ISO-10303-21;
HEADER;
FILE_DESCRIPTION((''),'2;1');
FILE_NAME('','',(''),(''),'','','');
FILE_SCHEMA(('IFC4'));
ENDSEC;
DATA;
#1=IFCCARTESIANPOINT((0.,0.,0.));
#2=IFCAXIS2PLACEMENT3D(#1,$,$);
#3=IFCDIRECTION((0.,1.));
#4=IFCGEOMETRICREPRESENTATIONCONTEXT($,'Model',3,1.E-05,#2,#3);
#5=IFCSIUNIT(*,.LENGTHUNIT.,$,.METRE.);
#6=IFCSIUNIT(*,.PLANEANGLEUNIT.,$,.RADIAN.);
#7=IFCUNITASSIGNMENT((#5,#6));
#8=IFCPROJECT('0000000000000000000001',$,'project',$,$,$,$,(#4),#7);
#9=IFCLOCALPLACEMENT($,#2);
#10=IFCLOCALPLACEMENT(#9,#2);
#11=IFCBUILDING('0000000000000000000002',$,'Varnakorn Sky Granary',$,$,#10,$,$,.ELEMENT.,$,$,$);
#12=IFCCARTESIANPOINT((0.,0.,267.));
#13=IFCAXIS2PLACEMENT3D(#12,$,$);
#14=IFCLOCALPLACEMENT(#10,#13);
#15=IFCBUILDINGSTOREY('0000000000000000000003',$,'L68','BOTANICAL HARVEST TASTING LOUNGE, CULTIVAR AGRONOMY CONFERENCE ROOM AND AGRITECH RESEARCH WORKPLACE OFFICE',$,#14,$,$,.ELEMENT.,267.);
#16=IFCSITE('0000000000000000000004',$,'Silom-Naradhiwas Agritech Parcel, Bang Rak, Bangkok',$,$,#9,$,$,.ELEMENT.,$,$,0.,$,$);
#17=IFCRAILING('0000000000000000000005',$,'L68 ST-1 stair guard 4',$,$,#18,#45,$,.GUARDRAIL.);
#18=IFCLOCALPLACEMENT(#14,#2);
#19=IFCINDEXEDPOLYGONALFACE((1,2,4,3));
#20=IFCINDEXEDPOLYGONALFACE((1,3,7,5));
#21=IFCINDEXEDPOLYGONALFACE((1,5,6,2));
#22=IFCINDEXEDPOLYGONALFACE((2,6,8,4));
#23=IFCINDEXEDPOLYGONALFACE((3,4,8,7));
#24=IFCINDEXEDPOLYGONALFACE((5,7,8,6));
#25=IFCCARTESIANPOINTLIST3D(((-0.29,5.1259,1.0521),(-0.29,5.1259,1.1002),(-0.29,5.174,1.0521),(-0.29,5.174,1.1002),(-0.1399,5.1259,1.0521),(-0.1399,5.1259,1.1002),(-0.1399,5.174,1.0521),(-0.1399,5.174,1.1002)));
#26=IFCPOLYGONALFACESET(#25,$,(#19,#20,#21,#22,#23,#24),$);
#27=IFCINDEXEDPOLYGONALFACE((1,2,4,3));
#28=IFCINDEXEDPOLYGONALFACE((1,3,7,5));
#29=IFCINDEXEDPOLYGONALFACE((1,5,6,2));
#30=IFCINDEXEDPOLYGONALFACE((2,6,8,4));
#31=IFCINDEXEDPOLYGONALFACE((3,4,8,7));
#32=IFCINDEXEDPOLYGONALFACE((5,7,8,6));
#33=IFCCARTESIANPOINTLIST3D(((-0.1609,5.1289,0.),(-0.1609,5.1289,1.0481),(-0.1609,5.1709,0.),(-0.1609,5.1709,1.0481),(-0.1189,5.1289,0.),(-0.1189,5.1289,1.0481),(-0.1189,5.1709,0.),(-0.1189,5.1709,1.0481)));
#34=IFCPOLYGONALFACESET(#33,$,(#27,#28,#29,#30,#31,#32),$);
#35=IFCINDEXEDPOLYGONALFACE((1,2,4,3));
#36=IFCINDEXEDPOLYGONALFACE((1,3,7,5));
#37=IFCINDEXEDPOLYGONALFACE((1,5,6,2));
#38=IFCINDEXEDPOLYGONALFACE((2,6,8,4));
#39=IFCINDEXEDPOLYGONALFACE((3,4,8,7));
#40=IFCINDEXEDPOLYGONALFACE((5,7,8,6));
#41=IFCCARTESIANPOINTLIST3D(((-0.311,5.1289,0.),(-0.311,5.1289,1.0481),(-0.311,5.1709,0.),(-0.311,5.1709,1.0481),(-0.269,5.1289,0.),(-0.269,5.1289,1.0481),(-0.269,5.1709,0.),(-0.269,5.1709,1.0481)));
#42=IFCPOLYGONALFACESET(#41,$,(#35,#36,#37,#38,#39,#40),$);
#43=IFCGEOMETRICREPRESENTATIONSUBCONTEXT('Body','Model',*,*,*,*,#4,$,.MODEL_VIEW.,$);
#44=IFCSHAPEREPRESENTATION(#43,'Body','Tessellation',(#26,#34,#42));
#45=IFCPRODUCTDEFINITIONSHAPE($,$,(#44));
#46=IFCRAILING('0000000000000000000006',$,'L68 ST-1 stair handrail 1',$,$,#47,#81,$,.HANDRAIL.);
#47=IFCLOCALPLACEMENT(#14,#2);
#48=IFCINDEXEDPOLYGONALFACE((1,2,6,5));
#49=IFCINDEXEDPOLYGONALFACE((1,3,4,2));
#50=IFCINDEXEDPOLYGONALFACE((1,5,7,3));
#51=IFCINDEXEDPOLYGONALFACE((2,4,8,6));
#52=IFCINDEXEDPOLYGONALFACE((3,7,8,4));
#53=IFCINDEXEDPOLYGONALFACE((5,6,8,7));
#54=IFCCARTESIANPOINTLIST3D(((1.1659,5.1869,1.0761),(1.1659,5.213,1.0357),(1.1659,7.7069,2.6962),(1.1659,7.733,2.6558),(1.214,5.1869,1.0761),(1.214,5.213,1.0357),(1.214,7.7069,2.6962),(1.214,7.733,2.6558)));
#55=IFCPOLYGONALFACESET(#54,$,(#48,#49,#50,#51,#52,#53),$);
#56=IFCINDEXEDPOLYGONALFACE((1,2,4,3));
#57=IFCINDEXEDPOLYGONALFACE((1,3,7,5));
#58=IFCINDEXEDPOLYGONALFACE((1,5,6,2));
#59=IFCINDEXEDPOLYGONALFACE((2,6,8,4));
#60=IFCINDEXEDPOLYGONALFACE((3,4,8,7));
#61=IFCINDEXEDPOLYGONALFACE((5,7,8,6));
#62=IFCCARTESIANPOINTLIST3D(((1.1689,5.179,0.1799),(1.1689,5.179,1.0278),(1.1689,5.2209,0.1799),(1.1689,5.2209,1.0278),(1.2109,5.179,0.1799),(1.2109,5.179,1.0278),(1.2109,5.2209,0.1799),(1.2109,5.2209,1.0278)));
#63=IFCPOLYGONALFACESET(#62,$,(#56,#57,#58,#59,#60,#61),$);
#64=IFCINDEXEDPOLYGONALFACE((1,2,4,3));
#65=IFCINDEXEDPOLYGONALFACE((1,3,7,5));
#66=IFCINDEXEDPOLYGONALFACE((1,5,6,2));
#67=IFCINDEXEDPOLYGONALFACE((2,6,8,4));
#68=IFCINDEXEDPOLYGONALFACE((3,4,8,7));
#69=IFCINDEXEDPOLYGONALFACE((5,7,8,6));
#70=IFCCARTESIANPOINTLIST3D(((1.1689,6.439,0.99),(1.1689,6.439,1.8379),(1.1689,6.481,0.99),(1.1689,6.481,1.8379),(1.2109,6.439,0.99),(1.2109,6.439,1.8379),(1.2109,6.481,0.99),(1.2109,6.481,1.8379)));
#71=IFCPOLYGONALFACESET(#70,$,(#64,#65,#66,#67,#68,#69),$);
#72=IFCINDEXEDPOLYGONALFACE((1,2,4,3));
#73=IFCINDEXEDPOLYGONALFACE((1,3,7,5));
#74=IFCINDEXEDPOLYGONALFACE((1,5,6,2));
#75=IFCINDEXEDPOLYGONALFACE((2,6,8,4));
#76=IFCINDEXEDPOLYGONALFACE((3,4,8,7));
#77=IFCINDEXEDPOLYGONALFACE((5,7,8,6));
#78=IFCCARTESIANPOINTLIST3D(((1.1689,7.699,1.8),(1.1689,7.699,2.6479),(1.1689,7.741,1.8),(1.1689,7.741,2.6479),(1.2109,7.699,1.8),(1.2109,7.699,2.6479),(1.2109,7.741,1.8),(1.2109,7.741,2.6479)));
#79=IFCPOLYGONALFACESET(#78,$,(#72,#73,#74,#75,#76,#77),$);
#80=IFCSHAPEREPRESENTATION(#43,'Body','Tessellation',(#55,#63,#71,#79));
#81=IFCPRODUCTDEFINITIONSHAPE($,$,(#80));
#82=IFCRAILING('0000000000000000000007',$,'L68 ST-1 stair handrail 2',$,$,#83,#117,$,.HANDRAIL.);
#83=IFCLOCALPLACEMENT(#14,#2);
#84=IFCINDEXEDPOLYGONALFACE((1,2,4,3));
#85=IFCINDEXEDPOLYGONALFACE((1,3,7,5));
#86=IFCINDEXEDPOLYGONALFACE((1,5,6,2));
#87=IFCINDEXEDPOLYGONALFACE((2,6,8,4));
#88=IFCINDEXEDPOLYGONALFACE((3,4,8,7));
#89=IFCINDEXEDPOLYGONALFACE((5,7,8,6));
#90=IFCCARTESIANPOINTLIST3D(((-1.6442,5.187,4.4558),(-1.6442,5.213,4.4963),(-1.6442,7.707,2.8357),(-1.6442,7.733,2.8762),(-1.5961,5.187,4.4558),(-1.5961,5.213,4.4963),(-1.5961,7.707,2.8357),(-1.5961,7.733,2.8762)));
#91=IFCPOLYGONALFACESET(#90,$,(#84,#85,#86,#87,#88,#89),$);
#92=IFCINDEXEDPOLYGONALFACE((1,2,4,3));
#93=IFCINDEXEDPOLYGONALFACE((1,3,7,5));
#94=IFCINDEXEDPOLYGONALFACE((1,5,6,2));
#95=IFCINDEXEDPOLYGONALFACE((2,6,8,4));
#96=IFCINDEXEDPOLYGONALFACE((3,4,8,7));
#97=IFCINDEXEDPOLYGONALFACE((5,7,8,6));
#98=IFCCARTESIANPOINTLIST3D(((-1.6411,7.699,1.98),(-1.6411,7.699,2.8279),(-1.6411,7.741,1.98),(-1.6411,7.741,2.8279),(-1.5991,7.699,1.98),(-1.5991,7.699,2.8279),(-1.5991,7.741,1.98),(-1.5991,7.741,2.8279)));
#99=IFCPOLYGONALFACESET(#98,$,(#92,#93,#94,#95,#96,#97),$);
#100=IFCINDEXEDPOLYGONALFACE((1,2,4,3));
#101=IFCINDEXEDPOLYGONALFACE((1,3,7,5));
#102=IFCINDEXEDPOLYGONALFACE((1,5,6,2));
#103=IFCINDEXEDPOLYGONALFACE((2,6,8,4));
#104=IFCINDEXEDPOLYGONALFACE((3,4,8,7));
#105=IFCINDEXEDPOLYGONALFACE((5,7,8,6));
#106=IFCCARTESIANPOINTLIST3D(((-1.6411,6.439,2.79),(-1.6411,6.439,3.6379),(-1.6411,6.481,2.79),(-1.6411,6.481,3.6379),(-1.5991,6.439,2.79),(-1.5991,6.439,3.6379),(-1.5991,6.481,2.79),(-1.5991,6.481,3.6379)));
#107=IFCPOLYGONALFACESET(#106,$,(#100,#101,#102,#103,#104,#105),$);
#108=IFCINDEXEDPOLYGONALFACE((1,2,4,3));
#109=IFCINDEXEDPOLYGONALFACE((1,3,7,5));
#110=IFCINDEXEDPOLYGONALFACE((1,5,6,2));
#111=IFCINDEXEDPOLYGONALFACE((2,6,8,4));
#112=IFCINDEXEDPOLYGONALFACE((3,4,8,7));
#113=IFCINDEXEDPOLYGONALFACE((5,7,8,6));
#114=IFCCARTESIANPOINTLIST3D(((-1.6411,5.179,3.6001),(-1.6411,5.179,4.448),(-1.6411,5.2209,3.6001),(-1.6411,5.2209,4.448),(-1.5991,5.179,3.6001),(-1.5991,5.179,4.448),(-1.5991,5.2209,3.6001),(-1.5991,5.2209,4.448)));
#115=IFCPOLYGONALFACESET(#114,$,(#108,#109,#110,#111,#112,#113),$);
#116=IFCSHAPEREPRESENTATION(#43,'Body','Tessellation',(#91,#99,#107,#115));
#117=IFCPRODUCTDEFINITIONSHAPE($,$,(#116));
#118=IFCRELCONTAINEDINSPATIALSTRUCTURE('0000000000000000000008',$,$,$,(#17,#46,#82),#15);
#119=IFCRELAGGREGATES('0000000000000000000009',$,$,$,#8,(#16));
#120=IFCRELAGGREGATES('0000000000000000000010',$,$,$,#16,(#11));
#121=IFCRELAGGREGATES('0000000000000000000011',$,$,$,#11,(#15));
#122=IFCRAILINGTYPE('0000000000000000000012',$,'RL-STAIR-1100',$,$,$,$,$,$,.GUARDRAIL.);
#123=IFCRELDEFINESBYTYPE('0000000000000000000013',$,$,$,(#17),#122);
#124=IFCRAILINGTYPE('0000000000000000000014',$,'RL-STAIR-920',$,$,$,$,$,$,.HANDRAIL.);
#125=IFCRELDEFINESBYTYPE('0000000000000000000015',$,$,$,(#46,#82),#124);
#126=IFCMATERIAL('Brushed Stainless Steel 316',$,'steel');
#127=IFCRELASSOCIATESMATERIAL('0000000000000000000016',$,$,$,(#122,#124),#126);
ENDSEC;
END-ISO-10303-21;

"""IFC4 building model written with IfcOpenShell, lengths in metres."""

from ifc_helpers import new_model, si_unit, direction, frame, origin, origin_2d, place, context, subcontext, project, spatial, rectangle, extrude, material, type_object, element, save


model = new_model("IFC4")

# Units and contexts
model_context = context("Model", 3, precision=1e-05, world=origin(), true_north=direction((0.0, 1.0)))
body_context = subcontext(model_context, "Body", "Model", "MODEL_VIEW")
ifc_project = project(units=[si_unit("LENGTHUNIT", "METRE"), si_unit("PLANEANGLEUNIT", "RADIAN")], contexts=[model_context])

# Site, building, storey
site_placement = place(None, origin())
site = spatial("IfcSite", under=ifc_project, at=site_placement, Name="Silom-Naradhiwas Agritech Parcel, Bang Rak, Bangkok", CompositionType="ELEMENT", RefElevation=0.0)
building_placement = place(site_placement, origin())
building = spatial("IfcBuilding", under=site, at=building_placement, Name="Varnakorn Sky Granary", CompositionType="ELEMENT")
storey_placement = place(building_placement, frame((0.0, 0.0, 267.0)))
storey = spatial("IfcBuildingStorey", under=building, at=storey_placement, Name="L68", Description="BOTANICAL HARVEST TASTING LOUNGE, CULTIVAR AGRONOMY CONFERENCE ROOM AND AGRITECH RESEARCH WORKPLACE OFFICE", CompositionType="ELEMENT", Elevation=267.0)

# Railings
ifc_material_1 = material(Name="Brushed Stainless Steel 316", Category="steel")
railing_type_1 = type_object("IfcRailingType", Name="RL-STAIR-1100", PredefinedType="GUARDRAIL", material=ifc_material_1)
railing_1_placement = place(storey_placement, frame((-0.1399, 5.1499, 0.0)))
element("IfcRailing", 1, at=railing_1_placement, inside=storey, type_object=railing_type_1, Name="L68 ST-1 stair guard 4", PredefinedType="GUARDRAIL", context=body_context, shape_type="SweptSolid", body=[
    extrude(rectangle(XDim=0.0481, YDim=0.0481, at=origin_2d()), frame((0.0, 0.0, 1.0762), z_axis=(-1.0, 0.0, 0.0), x_axis=(0.0, -1.0, 0.0)), (0.0, 0.0, 1.0), 0.1501),
    extrude(rectangle(XDim=0.042, YDim=0.042, at=origin_2d()), origin(), (0.0, 0.0, 1.0), 1.0481),
    extrude(rectangle(XDim=0.042, YDim=0.042, at=origin_2d()), frame((-0.1501, 0.0, 0.0)), (0.0, 0.0, 1.0), 1.0481),
])
railing_type_2 = type_object("IfcRailingType", Name="RL-STAIR-920", PredefinedType="HANDRAIL", material=ifc_material_1)
railing_2_placement = place(storey_placement, frame((1.1899, 5.2, 0.1799)))
element("IfcRailing", 2, at=railing_2_placement, inside=storey, type_object=railing_type_2, Name="L68 ST-1 stair handrail 1", PredefinedType="HANDRAIL", context=body_context, shape_type="SweptSolid", body=[
    extrude(rectangle(XDim=0.0481, YDim=0.0481, at=origin_2d()), frame((0.0, 0.0, 0.876), z_axis=(0.0, 0.841163, 0.540782), x_axis=(-1.0, 0.0, 0.0)), (0.0, 0.0, 1.0), 2.9958),
    extrude(rectangle(XDim=0.042, YDim=0.042, at=origin_2d()), origin(), (0.0, 0.0, 1.0), 0.8479),
    extrude(rectangle(XDim=0.042, YDim=0.042, at=origin_2d()), frame((0.0, 1.26, 0.8101)), (0.0, 0.0, 1.0), 0.8479),
    extrude(rectangle(XDim=0.042, YDim=0.042, at=origin_2d()), frame((0.0, 2.52, 1.6201)), (0.0, 0.0, 1.0), 0.8479),
])
railing_3_placement = place(storey_placement, frame((-1.6201, 7.72, 1.98)))
element("IfcRailing", 3, at=railing_3_placement, inside=storey, type_object=railing_type_2, Name="L68 ST-1 stair handrail 2", PredefinedType="HANDRAIL", context=body_context, shape_type="SweptSolid", body=[
    extrude(rectangle(XDim=0.0481, YDim=0.0481, at=origin_2d()), frame((0.0, 0.0, 0.876), z_axis=(0.0, -0.841163, 0.540782), x_axis=(1.0, 0.0, 0.0)), (0.0, 0.0, 1.0), 2.9958),
    extrude(rectangle(XDim=0.042, YDim=0.042, at=origin_2d()), origin(), (0.0, 0.0, 1.0), 0.8479),
    extrude(rectangle(XDim=0.042, YDim=0.042, at=origin_2d()), frame((0.0, -1.26, 0.8101)), (0.0, 0.0, 1.0), 0.8479),
    extrude(rectangle(XDim=0.042, YDim=0.042, at=origin_2d()), frame((0.0, -2.52, 1.6201)), (0.0, 0.0, 1.0), 0.8479),
])

save(model, "model.ifc")
